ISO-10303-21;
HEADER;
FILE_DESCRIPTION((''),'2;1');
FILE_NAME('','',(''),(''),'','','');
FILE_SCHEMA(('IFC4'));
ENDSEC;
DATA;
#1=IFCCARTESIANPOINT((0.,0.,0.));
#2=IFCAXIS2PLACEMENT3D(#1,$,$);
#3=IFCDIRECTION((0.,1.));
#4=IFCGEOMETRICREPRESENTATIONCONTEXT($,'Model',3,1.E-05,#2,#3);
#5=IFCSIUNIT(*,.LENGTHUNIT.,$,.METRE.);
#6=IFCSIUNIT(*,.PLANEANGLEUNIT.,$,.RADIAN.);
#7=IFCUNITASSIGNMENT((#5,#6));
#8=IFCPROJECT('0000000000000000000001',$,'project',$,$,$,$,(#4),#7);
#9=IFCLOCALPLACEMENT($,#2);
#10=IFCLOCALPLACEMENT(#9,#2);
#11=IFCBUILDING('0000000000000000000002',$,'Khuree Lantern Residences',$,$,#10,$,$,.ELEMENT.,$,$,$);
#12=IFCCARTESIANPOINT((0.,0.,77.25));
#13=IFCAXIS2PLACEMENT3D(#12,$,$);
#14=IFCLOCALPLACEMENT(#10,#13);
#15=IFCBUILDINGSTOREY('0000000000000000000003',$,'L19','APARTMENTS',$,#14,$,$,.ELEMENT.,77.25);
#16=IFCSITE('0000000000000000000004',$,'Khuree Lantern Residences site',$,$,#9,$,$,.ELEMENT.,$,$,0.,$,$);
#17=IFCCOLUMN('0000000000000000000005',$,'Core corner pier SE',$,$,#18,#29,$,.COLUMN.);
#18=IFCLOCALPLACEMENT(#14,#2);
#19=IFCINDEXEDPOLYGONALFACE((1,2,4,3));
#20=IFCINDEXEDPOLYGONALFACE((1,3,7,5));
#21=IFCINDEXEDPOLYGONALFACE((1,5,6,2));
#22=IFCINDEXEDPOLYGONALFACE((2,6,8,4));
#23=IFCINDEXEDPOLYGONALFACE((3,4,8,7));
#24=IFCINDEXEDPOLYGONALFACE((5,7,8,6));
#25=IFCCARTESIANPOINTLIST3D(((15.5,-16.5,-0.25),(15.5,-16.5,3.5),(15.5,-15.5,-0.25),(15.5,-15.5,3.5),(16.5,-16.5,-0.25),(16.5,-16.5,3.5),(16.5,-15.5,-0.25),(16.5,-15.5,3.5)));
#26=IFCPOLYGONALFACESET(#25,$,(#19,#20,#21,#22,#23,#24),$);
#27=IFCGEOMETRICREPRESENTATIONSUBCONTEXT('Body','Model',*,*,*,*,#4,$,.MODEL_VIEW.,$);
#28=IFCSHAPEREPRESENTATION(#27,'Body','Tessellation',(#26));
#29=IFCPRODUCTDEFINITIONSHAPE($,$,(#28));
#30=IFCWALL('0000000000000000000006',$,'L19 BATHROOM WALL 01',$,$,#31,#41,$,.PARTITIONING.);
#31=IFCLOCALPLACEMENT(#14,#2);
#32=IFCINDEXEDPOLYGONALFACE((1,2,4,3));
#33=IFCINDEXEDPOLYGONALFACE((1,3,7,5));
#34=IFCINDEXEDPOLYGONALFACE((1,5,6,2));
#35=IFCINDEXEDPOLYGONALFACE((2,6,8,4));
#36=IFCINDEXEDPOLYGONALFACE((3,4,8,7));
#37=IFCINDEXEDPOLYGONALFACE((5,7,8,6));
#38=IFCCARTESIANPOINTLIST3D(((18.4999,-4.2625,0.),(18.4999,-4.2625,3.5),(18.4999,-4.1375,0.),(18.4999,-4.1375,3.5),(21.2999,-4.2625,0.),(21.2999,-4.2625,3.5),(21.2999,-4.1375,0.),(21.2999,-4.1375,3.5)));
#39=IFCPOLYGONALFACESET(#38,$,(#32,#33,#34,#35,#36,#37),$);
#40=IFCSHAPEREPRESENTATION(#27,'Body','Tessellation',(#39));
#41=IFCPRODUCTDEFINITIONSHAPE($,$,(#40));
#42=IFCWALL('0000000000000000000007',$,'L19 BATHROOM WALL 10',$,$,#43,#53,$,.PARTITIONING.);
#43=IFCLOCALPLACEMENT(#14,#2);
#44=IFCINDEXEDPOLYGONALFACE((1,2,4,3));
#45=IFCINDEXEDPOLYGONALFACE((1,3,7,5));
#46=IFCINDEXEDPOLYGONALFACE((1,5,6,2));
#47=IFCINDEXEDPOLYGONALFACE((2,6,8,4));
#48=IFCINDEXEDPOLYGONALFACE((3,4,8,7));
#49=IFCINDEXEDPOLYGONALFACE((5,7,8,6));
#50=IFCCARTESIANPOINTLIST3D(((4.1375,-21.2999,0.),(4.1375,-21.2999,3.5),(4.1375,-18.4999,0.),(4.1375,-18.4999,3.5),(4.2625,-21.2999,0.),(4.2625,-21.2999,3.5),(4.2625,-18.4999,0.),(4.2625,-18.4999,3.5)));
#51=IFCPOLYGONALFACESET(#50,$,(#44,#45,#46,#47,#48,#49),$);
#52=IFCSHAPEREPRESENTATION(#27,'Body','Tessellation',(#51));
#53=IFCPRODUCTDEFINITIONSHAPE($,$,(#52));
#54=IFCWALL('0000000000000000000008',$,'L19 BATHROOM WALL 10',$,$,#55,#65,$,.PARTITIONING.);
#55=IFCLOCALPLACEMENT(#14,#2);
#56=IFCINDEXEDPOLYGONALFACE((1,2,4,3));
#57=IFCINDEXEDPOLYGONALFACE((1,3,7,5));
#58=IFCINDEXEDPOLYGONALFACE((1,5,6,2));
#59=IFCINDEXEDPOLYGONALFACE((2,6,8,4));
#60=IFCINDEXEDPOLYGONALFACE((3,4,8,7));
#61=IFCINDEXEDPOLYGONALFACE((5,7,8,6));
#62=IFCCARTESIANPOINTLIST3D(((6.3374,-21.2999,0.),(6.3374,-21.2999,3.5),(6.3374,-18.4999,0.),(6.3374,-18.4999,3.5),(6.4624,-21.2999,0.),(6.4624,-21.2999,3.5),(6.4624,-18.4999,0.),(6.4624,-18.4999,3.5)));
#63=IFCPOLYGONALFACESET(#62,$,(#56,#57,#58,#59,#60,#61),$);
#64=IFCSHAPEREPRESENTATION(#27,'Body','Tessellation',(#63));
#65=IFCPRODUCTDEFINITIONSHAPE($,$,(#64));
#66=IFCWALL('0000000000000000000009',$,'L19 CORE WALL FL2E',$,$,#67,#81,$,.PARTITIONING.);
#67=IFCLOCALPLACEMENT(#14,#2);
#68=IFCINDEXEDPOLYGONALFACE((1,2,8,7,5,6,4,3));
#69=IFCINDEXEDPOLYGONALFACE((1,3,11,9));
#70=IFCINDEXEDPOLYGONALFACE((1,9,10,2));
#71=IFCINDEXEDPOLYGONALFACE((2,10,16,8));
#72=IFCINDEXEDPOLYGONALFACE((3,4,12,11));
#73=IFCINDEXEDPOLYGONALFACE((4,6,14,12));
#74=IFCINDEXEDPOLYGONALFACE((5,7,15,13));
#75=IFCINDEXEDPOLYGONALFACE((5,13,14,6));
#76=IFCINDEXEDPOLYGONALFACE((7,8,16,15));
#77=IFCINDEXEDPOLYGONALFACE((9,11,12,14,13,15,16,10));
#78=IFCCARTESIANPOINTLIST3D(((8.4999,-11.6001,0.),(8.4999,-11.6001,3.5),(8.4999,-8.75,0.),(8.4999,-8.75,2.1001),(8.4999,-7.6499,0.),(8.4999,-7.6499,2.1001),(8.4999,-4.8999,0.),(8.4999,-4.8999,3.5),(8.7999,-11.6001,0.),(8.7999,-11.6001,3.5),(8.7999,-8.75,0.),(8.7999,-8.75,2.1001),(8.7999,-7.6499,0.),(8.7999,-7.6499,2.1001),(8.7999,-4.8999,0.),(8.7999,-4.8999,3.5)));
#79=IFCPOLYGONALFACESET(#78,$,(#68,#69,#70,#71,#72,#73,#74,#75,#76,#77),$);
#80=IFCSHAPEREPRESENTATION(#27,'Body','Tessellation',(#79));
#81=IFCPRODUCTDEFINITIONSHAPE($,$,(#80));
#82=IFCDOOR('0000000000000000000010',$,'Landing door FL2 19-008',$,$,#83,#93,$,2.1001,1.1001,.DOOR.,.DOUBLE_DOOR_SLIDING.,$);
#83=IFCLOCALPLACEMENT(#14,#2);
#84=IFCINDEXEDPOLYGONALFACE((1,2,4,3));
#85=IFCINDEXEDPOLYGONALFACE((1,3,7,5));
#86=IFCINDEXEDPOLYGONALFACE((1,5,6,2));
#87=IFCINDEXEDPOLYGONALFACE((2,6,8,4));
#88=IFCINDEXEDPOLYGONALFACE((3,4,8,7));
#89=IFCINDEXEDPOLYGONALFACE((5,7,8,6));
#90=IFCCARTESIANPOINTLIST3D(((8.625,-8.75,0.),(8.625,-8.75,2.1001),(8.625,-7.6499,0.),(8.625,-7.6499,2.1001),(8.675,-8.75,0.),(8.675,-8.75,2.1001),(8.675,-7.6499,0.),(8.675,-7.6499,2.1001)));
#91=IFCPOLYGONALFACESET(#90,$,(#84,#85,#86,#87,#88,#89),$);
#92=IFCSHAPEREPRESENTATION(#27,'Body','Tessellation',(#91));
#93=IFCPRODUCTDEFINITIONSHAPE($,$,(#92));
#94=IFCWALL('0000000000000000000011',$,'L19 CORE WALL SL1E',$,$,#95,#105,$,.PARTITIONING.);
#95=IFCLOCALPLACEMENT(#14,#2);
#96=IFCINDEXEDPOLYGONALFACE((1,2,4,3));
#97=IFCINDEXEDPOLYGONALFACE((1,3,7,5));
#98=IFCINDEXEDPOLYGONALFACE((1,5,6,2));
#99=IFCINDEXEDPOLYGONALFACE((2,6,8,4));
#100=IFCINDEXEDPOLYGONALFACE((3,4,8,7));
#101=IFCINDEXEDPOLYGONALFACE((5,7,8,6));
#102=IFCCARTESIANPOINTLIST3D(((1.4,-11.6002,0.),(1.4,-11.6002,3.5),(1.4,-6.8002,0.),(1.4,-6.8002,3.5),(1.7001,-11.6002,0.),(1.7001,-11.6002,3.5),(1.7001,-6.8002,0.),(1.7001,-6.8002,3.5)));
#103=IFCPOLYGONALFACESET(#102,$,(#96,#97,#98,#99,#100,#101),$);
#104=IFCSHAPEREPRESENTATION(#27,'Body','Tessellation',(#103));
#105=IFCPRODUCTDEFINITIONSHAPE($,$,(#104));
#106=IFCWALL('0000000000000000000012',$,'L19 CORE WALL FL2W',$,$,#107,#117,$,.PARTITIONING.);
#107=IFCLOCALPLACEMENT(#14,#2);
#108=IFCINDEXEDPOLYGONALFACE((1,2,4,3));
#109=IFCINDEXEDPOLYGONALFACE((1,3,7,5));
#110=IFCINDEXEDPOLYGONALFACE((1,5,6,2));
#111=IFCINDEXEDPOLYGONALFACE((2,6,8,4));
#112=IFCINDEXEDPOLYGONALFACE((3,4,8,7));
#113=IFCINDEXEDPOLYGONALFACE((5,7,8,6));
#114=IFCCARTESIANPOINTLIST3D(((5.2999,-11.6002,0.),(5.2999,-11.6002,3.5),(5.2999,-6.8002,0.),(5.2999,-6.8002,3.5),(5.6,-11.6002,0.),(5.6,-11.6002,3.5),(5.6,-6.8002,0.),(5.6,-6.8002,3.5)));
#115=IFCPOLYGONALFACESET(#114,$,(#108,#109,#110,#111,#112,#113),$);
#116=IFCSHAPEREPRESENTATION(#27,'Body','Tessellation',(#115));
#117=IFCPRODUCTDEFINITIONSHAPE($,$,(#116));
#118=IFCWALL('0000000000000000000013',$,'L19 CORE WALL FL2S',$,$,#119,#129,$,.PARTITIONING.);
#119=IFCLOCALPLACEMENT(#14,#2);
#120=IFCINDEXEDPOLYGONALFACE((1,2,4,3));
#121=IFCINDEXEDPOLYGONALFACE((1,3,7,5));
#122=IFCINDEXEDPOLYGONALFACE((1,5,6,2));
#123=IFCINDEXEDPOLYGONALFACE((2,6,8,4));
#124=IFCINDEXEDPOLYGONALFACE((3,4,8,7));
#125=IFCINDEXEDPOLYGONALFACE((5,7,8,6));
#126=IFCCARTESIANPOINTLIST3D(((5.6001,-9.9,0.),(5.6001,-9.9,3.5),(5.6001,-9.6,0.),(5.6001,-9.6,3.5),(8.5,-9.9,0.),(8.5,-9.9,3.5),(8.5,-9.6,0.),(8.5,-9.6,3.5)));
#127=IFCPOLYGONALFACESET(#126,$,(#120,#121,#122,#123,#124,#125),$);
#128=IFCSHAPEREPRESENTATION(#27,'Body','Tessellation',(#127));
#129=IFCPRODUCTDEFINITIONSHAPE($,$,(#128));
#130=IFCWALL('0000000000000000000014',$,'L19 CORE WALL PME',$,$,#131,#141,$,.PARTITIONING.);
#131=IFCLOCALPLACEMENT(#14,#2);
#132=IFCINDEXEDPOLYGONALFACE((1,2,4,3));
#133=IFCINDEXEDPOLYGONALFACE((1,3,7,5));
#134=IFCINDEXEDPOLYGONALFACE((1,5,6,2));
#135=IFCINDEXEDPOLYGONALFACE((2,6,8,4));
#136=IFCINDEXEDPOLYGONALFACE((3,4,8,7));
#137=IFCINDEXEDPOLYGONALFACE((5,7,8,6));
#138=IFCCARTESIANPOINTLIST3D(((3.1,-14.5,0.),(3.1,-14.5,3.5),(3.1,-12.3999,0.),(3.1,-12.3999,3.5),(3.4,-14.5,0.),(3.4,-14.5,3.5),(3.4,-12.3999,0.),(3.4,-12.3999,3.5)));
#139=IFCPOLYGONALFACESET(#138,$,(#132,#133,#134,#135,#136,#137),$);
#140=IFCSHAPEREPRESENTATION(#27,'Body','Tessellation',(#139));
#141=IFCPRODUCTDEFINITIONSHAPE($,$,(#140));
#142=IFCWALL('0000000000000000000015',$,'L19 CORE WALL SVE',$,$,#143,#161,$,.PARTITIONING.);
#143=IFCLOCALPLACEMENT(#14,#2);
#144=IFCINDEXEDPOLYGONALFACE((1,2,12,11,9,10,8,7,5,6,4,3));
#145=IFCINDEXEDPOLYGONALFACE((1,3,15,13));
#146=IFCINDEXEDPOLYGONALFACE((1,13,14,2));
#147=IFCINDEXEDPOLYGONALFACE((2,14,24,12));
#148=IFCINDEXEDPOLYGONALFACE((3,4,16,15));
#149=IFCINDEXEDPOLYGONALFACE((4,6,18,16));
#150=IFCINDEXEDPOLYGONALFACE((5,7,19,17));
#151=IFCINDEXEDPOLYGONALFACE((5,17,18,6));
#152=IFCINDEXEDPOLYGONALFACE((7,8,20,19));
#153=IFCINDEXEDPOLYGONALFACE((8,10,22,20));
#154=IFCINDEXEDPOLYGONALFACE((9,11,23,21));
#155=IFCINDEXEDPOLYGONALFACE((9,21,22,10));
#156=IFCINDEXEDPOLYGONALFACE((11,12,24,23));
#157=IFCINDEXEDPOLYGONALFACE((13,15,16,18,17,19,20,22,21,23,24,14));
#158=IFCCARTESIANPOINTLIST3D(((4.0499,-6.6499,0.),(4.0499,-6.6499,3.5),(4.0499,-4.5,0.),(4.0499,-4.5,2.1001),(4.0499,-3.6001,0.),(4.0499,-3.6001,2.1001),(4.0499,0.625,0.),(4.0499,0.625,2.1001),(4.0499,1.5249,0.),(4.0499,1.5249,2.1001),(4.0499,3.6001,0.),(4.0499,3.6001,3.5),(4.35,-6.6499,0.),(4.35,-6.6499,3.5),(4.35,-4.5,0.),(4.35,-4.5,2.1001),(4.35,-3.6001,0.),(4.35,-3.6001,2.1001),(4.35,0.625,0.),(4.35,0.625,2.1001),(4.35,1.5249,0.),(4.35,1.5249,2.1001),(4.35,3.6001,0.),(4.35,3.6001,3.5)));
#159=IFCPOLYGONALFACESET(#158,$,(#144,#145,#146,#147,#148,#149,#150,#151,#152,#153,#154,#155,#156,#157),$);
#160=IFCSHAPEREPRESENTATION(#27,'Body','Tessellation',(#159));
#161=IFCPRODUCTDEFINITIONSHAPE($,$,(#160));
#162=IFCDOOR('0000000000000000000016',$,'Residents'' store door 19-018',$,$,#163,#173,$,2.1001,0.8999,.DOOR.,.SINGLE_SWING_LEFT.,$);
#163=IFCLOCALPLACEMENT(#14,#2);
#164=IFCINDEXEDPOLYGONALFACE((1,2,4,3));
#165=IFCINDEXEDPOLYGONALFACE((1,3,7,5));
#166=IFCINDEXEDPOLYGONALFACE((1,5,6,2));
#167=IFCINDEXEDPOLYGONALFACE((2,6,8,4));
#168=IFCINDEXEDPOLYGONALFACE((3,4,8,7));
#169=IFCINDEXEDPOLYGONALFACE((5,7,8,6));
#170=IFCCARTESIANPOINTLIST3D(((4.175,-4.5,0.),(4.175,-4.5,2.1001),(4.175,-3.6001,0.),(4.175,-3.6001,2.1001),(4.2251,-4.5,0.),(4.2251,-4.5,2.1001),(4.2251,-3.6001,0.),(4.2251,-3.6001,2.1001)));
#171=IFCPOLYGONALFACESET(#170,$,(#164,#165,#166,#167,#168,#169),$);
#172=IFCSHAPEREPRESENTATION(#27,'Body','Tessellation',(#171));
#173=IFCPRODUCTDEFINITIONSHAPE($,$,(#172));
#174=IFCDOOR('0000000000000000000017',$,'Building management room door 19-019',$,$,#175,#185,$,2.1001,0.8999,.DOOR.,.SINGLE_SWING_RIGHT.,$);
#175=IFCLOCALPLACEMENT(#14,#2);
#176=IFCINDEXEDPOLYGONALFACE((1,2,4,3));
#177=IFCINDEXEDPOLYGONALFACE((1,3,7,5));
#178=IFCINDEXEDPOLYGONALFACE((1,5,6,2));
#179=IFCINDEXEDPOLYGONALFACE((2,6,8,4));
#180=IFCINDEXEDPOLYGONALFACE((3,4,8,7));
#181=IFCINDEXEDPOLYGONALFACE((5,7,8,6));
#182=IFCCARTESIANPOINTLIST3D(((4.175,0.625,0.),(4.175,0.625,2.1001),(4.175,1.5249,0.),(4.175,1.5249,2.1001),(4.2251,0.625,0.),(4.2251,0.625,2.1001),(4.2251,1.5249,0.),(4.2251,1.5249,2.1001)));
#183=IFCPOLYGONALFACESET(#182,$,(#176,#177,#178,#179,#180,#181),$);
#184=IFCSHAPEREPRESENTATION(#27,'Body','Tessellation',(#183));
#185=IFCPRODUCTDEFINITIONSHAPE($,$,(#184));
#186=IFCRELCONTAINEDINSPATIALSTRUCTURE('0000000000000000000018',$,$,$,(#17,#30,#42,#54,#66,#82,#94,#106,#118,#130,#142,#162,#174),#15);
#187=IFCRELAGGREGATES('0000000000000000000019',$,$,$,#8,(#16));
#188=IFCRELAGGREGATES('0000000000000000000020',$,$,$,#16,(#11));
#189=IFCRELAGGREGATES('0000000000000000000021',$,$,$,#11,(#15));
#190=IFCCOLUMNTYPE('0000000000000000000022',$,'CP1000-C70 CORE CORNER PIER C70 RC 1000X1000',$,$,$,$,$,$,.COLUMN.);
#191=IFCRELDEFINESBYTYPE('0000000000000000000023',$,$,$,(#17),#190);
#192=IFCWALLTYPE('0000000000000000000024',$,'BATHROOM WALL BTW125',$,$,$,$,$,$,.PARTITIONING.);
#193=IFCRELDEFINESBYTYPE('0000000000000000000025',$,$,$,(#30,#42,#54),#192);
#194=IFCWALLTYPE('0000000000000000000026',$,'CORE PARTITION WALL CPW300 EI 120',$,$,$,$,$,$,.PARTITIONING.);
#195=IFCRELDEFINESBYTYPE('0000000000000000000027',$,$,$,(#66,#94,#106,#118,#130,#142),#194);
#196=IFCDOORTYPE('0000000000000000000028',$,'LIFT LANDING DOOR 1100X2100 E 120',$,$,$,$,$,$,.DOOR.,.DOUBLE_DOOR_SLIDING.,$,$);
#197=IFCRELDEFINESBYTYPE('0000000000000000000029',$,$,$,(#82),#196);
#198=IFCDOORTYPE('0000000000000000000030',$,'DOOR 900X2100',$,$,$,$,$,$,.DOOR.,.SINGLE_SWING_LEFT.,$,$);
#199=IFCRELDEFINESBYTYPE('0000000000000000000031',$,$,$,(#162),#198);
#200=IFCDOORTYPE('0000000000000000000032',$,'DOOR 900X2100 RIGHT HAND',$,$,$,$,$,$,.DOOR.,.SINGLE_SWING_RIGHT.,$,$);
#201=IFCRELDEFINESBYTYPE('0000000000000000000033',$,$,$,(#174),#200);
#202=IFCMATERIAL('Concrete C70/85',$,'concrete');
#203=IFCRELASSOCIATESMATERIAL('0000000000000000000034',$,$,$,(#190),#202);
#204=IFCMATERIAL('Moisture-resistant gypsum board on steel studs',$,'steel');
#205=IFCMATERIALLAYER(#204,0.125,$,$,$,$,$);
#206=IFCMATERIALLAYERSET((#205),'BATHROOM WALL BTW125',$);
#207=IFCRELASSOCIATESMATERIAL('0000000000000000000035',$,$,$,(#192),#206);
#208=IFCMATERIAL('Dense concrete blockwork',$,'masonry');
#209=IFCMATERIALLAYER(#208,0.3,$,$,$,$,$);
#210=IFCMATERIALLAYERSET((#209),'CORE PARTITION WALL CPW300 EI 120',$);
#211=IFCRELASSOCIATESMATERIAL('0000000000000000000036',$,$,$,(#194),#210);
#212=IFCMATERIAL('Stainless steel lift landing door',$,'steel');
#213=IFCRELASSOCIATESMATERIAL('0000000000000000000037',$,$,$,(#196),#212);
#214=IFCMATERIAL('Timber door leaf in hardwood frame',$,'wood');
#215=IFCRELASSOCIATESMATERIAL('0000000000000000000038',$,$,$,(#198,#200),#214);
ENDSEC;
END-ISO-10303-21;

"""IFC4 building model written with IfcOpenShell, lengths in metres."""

from ifc_helpers import new_model, si_unit, direction, frame, frame_2d, origin, origin_2d, place, context, subcontext, project, spatial, rectangle, extrude, material, layer, layer_set, material_profile, profile_set, type_object, element, fill, save


model = new_model("IFC4")

# Units and contexts
model_context = context("Model", 3, precision=1e-05, world=origin(), true_north=direction((0.0, 1.0)))
body_context = subcontext(model_context, "Body", "Model", "MODEL_VIEW")
ifc_project = project(units=[si_unit("LENGTHUNIT", "METRE"), si_unit("PLANEANGLEUNIT", "RADIAN")], contexts=[model_context])

# Site, building, storey
site_placement = place(None, origin())
site = spatial("IfcSite", under=ifc_project, at=site_placement, Name="Khuree Lantern Residences site", CompositionType="ELEMENT", RefElevation=0.0)
building_placement = place(site_placement, origin())
building = spatial("IfcBuilding", under=site, at=building_placement, Name="Khuree Lantern Residences", CompositionType="ELEMENT")
storey_placement = place(building_placement, frame((0.0, 0.0, 77.25)))
storey = spatial("IfcBuildingStorey", under=building, at=storey_placement, Name="L19", Description="APARTMENTS", CompositionType="ELEMENT", Elevation=77.25)

# Column
ifc_material_1 = material(Name="Concrete C70/85", Category="concrete")
ifc_material_profile = material_profile(ifc_material_1, rectangle(XDim=1.0, YDim=1.0, at=origin_2d()), Name="RC 1000X1000")
ifc_profile_set = profile_set([ifc_material_profile], Name="Concrete C70/85")
column_type = type_object("IfcColumnType", Name="CP1000-C70 CORE CORNER PIER C70 RC 1000X1000", PredefinedType="COLUMN", material=ifc_profile_set)
column_placement = place(storey_placement, frame((16.0, -16.0, -0.25), z_axis=(0.0, 0.0, 1.0), x_axis=(1.0, 0.0, 0.0)))
element("IfcColumn", 1, at=column_placement, inside=storey, type_object=column_type, Name="Core corner pier SE", PredefinedType="COLUMN", context=body_context, shape_type="SweptSolid", body=[
    extrude(rectangle(XDim=1.0, YDim=1.0, at=origin_2d()), origin(), (0.0, 0.0, 1.0), 3.75),
])

# Walls
ifc_material_2 = material(Name="Moisture-resistant gypsum board on steel studs", Category="steel")
ifc_layer_1 = layer(ifc_material_2, 0.125)
ifc_layer_set_1 = layer_set([ifc_layer_1], Name="BATHROOM WALL BTW125")
wall_type_1 = type_object("IfcWallType", Name="BATHROOM WALL BTW125", PredefinedType="PARTITIONING", material=ifc_layer_set_1)
for number, where, z_axis, x_axis, name in (
    (2, (18.5, -4.2, 0.0), (0.0, 0.0, 1.0), (1.0, 0.0, 0.0), "L19 BATHROOM WALL 01"),
    (3, (4.2, -18.5, 0.0), (0.0, 0.0, 1.0), (0.0, -1.0, 0.0), "L19 BATHROOM WALL 10"),
    (4, (6.3999, -18.5, 0.0), (0.0, 0.0, 1.0), (0.0, -1.0, 0.0), "L19 BATHROOM WALL 10"),
):
    element("IfcWall", number, at=place(storey_placement, frame(where, z_axis=z_axis, x_axis=x_axis)), inside=storey, type_object=wall_type_1, Name=name, PredefinedType="PARTITIONING", context=body_context, shape_type="SweptSolid", body=[
        extrude(rectangle(XDim=2.8, YDim=0.125, at=frame_2d((1.3999, 0.0))), origin(), (0.0, 0.0, 1.0), 3.5),
    ])

# Wall, opening, door
ifc_material_3 = material(Name="Dense concrete blockwork", Category="masonry")
ifc_layer_2 = layer(ifc_material_3, 0.3)
ifc_layer_set_2 = layer_set([ifc_layer_2], Name="CORE PARTITION WALL CPW300 EI 120")
wall_type_2 = type_object("IfcWallType", Name="CORE PARTITION WALL CPW300 EI 120", PredefinedType="PARTITIONING", material=ifc_layer_set_2)
wall_1_placement = place(storey_placement, frame((8.6499, -11.6001, 0.0), z_axis=(0.0, 0.0, 1.0), x_axis=(0.0, 1.0, 0.0)))
wall_1 = element("IfcWall", 5, at=wall_1_placement, inside=storey, type_object=wall_type_2, Name="L19 CORE WALL FL2E", PredefinedType="PARTITIONING", context=body_context, shape_type="SweptSolid", body=[
    extrude(rectangle(XDim=6.7002, YDim=0.3, at=frame_2d((3.3501, 0.0))), origin(), (0.0, 0.0, 1.0), 3.5),
])
opening_1_placement = place(wall_1_placement, frame((2.8501, 0.0, 0.0)))
opening_1 = element("IfcOpeningElement", 6, at=opening_1_placement, cuts=wall_1, PredefinedType="OPENING", context=body_context, shape_type="SweptSolid", body=[
    extrude(rectangle(XDim=1.1001, YDim=2.1001, at=frame_2d((0.55, 1.05))), frame((0.0, 0.1602, 0.0), z_axis=(0.0, -1.0, 0.0), x_axis=(1.0, 0.0, 0.0)), (0.0, 0.0, 1.0), 0.3201),
])
ifc_material_4 = material(Name="Stainless steel lift landing door", Category="steel")
door_type_1 = type_object("IfcDoorType", Name="LIFT LANDING DOOR 1100X2100 E 120", OperationType="DOUBLE_DOOR_SLIDING", PredefinedType="DOOR", material=ifc_material_4)
door_1_placement = place(opening_1_placement, origin())
door_1 = element("IfcDoor", 7, at=door_1_placement, inside=storey, type_object=door_type_1, Name="Landing door FL2 19-008", OperationType="DOUBLE_DOOR_SLIDING", OverallHeight=2.1001, OverallWidth=1.1001, PredefinedType="DOOR", context=body_context, shape_type="SweptSolid", body=[
    extrude(rectangle(XDim=1.1001, YDim=2.1001, at=frame_2d((0.55, 1.05))), frame((0.0, 0.0249, 0.0), z_axis=(0.0, -1.0, 0.0), x_axis=(1.0, 0.0, 0.0)), (0.0, 0.0, 1.0), 0.05),
])
fill(opening_1, door_1)

# Walls
for number, where, z_axis, x_axis, name in (
    (8, (1.55, -11.6001, 0.0), (0.0, 0.0, 1.0), (0.0, 1.0, 0.0), "L19 CORE WALL SL1E"),
    (9, (5.45, -11.6001, 0.0), (0.0, 0.0, 1.0), (0.0, 1.0, 0.0), "L19 CORE WALL FL2W"),
):
    element("IfcWall", number, at=place(storey_placement, frame(where, z_axis=z_axis, x_axis=x_axis)), inside=storey, type_object=wall_type_2, Name=name, PredefinedType="PARTITIONING", context=body_context, shape_type="SweptSolid", body=[
        extrude(rectangle(XDim=4.8, YDim=0.3, at=frame_2d((2.3999, 0.0))), origin(), (0.0, 0.0, 1.0), 3.5),
    ])
wall_2_placement = place(storey_placement, frame((5.6001, -9.75, 0.0), z_axis=(0.0, 0.0, 1.0), x_axis=(1.0, 0.0, 0.0)))
element("IfcWall", 10, at=wall_2_placement, inside=storey, type_object=wall_type_2, Name="L19 CORE WALL FL2S", PredefinedType="PARTITIONING", context=body_context, shape_type="SweptSolid", body=[
    extrude(rectangle(XDim=2.8999, YDim=0.3, at=frame_2d((1.45, 0.0))), origin(), (0.0, 0.0, 1.0), 3.5),
])
wall_3_placement = place(storey_placement, frame((3.25, -14.5, 0.0), z_axis=(0.0, 0.0, 1.0), x_axis=(0.0, 1.0, 0.0)))
element("IfcWall", 11, at=wall_3_placement, inside=storey, type_object=wall_type_2, Name="L19 CORE WALL PME", PredefinedType="PARTITIONING", context=body_context, shape_type="SweptSolid", body=[
    extrude(rectangle(XDim=2.1001, YDim=0.3, at=frame_2d((1.05, 0.0))), origin(), (0.0, 0.0, 1.0), 3.5),
])

# Wall, openings, doors
wall_4_placement = place(storey_placement, frame((4.2, -6.6499, 0.0), z_axis=(0.0, 0.0, 1.0), x_axis=(0.0, 1.0, 0.0)))
wall_4 = element("IfcWall", 12, at=wall_4_placement, inside=storey, type_object=wall_type_2, Name="L19 CORE WALL SVE", PredefinedType="PARTITIONING", context=body_context, shape_type="SweptSolid", body=[
    extrude(rectangle(XDim=10.25, YDim=0.3, at=frame_2d((5.125, 0.0))), origin(), (0.0, 0.0, 1.0), 3.5),
])
opening_2_placement = place(wall_4_placement, frame((2.1499, 0.0, 0.0)))
opening_2 = element("IfcOpeningElement", 13, at=opening_2_placement, cuts=wall_4, PredefinedType="OPENING", context=body_context, shape_type="SweptSolid", body=[
    extrude(rectangle(XDim=0.8999, YDim=2.1001, at=frame_2d((0.45, 1.05))), frame((0.0, 0.1602, 0.0), z_axis=(0.0, -1.0, 0.0), x_axis=(1.0, 0.0, 0.0)), (0.0, 0.0, 1.0), 0.3201),
])
opening_3_placement = place(wall_4_placement, frame((7.2749, 0.0, 0.0)))
opening_3 = element("IfcOpeningElement", 14, at=opening_3_placement, cuts=wall_4, PredefinedType="OPENING", context=body_context, shape_type="SweptSolid", body=[
    extrude(rectangle(XDim=0.8999, YDim=2.1001, at=frame_2d((0.45, 1.05))), frame((0.0, 0.1602, 0.0), z_axis=(0.0, -1.0, 0.0), x_axis=(1.0, 0.0, 0.0)), (0.0, 0.0, 1.0), 0.3201),
])
ifc_material_5 = material(Name="Timber door leaf in hardwood frame", Category="wood")
door_type_2 = type_object("IfcDoorType", Name="DOOR 900X2100", OperationType="SINGLE_SWING_LEFT", PredefinedType="DOOR", material=ifc_material_5)
door_2_placement = place(opening_2_placement, origin())
door_2 = element("IfcDoor", 15, at=door_2_placement, inside=storey, type_object=door_type_2, Name="Residents' store door 19-018", OperationType="SINGLE_SWING_LEFT", OverallHeight=2.1001, OverallWidth=0.8999, PredefinedType="DOOR", context=body_context, shape_type="SweptSolid", body=[
    extrude(rectangle(XDim=0.8999, YDim=2.1001, at=frame_2d((0.45, 1.05))), frame((0.0, 0.0249, 0.0), z_axis=(0.0, -1.0, 0.0), x_axis=(1.0, 0.0, 0.0)), (0.0, 0.0, 1.0), 0.05),
])
fill(opening_2, door_2)
door_type_3 = type_object("IfcDoorType", Name="DOOR 900X2100 RIGHT HAND", OperationType="SINGLE_SWING_RIGHT", PredefinedType="DOOR", material=ifc_material_5)
door_3_placement = place(opening_3_placement, origin())
door_3 = element("IfcDoor", 16, at=door_3_placement, inside=storey, type_object=door_type_3, Name="Building management room door 19-019", OperationType="SINGLE_SWING_RIGHT", OverallHeight=2.1001, OverallWidth=0.8999, PredefinedType="DOOR", context=body_context, shape_type="SweptSolid", body=[
    extrude(rectangle(XDim=0.8999, YDim=2.1001, at=frame_2d((0.45, 1.05))), frame((0.0, 0.0249, 0.0), z_axis=(0.0, -1.0, 0.0), x_axis=(1.0, 0.0, 0.0)), (0.0, 0.0, 1.0), 0.05),
])
fill(opening_3, door_3)

save(model, "model.ifc")
